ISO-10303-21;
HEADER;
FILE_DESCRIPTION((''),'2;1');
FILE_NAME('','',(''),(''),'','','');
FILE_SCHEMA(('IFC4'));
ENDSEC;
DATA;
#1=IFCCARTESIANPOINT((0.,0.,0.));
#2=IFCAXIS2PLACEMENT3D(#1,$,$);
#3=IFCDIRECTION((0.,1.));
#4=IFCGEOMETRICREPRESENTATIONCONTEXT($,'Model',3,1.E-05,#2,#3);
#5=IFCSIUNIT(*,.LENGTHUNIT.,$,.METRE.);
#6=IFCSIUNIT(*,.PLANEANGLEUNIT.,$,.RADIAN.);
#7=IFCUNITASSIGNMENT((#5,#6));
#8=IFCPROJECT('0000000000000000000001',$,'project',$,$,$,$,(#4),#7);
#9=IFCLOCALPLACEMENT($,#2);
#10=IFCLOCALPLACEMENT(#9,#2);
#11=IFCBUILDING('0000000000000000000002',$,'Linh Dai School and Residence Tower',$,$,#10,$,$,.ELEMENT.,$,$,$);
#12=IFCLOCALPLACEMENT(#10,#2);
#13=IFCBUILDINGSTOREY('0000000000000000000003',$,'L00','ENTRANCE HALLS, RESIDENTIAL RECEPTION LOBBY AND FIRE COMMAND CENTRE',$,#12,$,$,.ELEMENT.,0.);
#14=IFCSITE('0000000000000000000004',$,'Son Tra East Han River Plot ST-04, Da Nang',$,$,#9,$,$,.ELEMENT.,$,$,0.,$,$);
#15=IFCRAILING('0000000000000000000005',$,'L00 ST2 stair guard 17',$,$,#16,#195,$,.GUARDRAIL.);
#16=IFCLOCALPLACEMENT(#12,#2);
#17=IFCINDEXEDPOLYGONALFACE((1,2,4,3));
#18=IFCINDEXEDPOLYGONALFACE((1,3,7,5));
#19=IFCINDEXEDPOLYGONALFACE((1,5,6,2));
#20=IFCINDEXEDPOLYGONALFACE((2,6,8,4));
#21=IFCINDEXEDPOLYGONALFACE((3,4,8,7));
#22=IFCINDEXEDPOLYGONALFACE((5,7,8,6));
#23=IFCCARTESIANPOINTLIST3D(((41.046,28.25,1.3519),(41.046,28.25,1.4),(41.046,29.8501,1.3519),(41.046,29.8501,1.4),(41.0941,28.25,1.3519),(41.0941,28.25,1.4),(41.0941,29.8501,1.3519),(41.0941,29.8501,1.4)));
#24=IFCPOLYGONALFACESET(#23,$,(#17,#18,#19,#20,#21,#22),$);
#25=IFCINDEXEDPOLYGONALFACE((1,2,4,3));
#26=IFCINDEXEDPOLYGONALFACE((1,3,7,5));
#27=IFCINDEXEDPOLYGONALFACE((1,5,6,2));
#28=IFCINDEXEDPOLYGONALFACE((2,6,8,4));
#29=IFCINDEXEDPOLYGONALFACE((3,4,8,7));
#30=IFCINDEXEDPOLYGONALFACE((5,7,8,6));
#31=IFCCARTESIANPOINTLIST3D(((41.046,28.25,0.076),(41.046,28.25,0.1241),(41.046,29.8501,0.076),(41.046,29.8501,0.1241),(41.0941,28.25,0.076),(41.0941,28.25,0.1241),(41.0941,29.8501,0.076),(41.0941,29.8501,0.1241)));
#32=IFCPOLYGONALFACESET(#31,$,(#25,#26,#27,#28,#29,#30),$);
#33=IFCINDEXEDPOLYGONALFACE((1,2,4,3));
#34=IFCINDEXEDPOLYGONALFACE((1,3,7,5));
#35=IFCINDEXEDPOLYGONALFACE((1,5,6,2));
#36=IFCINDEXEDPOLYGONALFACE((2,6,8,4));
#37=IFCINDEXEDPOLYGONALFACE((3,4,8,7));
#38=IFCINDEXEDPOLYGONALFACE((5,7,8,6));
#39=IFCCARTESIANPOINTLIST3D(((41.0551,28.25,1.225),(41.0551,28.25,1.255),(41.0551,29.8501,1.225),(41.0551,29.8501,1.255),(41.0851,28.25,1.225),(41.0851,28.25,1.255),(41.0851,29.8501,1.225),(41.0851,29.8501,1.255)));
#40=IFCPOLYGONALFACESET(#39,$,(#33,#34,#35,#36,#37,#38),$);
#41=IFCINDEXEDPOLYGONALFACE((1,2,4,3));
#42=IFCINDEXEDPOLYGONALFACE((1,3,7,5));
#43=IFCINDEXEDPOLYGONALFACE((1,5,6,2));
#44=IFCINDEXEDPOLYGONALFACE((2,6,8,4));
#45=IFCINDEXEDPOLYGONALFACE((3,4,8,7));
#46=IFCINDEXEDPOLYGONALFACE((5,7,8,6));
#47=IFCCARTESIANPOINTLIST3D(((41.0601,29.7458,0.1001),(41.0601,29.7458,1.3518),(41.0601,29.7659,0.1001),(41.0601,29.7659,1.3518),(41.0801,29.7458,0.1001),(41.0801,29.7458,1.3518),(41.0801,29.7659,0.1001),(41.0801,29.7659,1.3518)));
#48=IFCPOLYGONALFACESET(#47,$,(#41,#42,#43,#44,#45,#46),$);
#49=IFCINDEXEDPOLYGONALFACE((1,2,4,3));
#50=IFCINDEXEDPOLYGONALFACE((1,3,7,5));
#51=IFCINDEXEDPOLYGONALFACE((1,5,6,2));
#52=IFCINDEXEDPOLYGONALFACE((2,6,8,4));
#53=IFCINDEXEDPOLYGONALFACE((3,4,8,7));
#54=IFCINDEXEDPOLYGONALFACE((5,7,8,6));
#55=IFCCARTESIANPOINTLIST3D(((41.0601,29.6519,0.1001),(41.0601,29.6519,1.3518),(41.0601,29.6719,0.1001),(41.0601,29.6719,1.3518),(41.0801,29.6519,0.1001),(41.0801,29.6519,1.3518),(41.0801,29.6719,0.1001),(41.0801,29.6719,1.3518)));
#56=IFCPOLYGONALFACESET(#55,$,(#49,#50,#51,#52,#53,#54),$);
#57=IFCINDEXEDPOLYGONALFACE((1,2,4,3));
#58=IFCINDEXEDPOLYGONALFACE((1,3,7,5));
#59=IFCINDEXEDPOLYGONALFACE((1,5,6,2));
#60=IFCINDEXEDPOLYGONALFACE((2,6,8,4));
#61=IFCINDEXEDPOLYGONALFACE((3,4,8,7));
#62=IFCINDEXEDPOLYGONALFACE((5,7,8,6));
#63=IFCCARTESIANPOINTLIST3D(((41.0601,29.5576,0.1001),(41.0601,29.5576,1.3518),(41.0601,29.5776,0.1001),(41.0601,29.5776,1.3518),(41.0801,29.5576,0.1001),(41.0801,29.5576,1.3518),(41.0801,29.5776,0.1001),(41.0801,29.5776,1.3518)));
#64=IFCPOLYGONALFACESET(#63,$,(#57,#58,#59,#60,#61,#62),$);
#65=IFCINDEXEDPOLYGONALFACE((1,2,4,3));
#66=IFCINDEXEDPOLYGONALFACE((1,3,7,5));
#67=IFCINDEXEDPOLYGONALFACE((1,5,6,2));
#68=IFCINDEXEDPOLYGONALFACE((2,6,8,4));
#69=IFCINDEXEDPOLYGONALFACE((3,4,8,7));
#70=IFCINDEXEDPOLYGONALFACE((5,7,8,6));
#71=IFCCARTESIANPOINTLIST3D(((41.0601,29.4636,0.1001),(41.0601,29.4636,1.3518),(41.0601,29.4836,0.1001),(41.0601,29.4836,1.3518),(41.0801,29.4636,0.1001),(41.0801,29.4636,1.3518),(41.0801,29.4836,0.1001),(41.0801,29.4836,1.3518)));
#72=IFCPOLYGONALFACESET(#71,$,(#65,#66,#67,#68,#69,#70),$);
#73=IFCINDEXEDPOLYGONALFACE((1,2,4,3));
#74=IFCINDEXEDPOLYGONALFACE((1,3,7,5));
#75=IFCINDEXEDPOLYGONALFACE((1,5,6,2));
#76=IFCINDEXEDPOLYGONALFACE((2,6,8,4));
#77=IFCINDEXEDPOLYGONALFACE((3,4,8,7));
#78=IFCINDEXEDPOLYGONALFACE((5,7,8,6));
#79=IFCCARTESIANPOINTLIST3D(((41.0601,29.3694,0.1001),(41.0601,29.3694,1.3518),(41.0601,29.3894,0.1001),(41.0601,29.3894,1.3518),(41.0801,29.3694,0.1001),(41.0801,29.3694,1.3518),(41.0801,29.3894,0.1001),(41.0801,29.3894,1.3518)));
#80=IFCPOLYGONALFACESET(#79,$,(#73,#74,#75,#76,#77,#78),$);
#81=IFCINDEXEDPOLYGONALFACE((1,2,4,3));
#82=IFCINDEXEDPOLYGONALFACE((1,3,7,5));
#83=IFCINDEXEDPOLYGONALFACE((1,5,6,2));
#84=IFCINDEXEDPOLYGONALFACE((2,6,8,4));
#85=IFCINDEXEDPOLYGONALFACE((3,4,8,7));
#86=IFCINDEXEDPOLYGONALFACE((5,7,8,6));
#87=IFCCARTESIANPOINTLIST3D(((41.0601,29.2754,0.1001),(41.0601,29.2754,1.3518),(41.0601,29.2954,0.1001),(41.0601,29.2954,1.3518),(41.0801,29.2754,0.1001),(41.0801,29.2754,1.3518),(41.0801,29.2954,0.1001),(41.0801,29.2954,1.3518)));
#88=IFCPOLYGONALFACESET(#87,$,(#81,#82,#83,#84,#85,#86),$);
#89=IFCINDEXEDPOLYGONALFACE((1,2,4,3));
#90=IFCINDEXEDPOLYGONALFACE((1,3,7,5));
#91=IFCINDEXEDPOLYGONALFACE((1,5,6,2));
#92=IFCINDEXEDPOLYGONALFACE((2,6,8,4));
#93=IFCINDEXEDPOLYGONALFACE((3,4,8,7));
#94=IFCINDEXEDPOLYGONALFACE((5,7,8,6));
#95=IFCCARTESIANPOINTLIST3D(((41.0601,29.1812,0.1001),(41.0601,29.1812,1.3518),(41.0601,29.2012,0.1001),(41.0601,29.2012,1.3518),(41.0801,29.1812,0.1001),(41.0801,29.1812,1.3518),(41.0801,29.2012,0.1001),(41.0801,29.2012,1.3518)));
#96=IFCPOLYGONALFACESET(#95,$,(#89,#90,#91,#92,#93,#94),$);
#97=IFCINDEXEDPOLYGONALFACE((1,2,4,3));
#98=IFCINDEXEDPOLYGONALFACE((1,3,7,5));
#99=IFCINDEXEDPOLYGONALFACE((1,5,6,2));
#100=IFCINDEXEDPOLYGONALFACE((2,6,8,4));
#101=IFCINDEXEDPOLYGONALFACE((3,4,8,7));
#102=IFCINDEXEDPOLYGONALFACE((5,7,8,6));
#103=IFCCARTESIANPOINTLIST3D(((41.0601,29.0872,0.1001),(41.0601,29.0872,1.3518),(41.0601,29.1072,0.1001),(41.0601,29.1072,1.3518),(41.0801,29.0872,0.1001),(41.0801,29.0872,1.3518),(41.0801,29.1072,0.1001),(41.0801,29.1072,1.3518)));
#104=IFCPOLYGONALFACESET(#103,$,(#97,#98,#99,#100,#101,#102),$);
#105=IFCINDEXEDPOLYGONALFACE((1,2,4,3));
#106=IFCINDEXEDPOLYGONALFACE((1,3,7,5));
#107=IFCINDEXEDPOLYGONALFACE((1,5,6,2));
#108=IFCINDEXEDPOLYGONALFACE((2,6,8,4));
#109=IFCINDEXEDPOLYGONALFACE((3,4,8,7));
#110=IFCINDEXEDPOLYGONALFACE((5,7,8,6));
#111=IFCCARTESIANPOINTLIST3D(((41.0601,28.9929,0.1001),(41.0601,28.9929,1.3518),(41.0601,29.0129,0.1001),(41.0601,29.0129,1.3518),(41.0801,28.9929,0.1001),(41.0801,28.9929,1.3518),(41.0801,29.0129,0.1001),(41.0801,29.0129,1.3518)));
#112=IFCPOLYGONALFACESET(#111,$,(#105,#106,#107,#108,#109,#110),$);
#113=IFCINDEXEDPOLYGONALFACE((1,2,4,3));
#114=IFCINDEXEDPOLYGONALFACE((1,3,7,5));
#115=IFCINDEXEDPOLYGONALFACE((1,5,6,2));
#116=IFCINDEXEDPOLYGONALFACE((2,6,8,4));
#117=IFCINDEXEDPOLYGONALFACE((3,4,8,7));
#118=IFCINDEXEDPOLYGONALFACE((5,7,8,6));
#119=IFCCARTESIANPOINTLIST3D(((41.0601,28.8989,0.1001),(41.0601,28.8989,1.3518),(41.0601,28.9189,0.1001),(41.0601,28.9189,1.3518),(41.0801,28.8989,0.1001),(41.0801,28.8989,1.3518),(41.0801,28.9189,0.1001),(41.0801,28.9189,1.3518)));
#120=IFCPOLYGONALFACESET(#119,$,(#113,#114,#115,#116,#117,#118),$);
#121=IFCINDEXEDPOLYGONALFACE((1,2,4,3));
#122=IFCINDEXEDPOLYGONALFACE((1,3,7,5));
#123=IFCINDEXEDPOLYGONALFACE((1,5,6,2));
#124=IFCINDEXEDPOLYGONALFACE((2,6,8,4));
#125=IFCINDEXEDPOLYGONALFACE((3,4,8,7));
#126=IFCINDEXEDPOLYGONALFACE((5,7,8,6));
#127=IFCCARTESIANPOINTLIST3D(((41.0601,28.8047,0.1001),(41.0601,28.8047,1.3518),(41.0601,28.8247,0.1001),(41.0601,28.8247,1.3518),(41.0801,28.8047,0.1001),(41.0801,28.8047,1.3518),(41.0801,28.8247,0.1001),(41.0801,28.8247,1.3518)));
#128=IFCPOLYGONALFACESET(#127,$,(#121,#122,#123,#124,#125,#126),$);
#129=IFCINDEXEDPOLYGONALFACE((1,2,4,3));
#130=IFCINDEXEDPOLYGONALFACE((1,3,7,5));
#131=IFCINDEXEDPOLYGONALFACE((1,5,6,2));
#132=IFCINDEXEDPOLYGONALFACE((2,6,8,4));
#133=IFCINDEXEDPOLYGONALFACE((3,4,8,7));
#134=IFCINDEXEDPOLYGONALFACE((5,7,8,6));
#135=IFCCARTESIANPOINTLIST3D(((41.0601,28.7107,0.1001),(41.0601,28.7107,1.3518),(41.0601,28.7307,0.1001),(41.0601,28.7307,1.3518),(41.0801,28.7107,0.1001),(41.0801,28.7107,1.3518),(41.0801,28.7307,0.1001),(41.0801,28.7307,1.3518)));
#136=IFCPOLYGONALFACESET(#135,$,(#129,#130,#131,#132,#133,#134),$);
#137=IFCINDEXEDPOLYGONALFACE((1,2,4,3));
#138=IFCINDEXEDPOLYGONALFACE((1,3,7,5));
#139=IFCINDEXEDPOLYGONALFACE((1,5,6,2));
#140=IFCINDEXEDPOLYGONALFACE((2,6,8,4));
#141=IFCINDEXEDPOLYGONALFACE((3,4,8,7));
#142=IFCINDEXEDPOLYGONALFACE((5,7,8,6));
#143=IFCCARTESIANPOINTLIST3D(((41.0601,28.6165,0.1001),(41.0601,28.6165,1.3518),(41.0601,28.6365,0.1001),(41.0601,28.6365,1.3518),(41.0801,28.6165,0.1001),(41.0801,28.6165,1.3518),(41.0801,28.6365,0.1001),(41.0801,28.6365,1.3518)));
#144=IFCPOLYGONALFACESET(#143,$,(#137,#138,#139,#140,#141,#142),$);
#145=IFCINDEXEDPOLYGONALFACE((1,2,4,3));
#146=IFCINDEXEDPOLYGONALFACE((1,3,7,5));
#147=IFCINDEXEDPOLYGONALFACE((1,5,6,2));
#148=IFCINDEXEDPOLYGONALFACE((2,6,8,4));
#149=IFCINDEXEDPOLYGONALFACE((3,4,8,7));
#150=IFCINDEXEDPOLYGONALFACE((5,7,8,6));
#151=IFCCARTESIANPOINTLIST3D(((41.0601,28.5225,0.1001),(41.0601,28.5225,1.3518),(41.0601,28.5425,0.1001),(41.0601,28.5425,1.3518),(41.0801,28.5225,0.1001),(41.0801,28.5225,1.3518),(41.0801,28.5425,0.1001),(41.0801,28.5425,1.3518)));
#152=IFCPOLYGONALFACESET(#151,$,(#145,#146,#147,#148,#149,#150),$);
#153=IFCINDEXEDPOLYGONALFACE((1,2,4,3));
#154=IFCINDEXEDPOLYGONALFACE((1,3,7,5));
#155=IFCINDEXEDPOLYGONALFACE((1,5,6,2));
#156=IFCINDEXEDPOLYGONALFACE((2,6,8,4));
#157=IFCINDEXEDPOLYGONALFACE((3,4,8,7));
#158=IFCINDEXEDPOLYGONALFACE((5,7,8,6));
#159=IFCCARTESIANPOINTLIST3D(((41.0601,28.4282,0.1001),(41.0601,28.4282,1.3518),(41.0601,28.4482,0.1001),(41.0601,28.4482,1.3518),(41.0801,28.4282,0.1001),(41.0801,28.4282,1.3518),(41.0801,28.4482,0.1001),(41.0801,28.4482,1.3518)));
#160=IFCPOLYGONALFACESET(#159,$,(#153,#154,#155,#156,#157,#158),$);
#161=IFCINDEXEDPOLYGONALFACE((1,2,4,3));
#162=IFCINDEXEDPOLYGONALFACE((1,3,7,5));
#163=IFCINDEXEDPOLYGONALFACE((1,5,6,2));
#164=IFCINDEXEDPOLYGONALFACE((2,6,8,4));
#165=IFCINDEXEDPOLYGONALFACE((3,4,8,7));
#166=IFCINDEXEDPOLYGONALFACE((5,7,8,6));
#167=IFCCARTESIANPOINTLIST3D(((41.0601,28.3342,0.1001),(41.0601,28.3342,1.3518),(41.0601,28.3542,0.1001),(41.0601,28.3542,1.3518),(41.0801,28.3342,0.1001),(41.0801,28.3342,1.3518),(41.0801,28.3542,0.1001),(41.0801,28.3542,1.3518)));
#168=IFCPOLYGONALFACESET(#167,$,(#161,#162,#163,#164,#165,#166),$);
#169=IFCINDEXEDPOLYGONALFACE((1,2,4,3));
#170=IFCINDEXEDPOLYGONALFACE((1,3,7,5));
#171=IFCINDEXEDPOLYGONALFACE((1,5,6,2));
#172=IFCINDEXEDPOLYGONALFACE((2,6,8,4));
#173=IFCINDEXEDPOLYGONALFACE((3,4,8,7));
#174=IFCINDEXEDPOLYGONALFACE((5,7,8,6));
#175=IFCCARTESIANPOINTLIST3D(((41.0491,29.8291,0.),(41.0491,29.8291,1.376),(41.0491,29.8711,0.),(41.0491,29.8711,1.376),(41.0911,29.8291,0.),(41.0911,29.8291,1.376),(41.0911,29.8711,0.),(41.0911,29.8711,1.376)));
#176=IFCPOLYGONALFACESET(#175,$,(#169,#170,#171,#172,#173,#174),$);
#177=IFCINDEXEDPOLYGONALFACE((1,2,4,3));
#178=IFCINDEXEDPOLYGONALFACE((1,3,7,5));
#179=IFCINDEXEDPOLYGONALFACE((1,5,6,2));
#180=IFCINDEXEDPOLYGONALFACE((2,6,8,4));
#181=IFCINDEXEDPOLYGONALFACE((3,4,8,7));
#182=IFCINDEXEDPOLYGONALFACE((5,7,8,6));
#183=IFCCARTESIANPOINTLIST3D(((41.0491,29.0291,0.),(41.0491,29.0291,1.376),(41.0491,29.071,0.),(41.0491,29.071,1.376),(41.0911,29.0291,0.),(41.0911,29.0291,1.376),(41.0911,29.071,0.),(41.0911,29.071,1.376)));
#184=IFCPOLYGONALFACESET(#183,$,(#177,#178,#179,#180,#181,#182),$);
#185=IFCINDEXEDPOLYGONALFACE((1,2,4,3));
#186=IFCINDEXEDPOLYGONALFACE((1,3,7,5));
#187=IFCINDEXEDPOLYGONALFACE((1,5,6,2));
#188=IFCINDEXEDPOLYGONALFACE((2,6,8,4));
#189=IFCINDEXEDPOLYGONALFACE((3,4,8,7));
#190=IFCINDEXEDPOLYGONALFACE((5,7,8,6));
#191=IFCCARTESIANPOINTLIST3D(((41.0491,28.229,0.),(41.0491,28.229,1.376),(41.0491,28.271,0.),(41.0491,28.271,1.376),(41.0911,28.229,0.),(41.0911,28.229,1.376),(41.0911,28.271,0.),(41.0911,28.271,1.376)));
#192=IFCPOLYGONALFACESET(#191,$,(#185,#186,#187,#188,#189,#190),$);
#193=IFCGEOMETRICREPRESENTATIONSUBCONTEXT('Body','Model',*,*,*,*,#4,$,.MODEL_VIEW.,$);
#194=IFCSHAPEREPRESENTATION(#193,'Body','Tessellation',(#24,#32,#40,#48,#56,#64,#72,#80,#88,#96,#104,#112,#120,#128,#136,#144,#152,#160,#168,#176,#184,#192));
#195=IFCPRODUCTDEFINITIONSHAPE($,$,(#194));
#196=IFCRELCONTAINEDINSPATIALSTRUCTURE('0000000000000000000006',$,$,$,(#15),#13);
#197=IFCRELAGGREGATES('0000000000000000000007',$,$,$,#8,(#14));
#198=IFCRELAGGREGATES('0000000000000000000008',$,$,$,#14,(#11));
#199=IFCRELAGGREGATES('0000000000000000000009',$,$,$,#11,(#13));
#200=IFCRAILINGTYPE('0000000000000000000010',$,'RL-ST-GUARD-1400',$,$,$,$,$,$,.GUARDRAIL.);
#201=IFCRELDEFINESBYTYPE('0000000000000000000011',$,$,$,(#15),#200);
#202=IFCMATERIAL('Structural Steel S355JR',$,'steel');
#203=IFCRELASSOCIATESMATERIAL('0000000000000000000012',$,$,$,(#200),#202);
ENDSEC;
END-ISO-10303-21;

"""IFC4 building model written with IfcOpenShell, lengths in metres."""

from ifc_helpers import new_model, si_unit, direction, frame, origin, origin_2d, place, context, subcontext, project, spatial, rectangle, extrude, source, transform, mapped, material, type_object, element, save


model = new_model("IFC4")

# Units and contexts
model_context = context("Model", 3, precision=1e-05, world=origin(), true_north=direction((0.0, 1.0)))
body_context = subcontext(model_context, "Body", "Model", "MODEL_VIEW")
ifc_project = project(units=[si_unit("LENGTHUNIT", "METRE"), si_unit("PLANEANGLEUNIT", "RADIAN")], contexts=[model_context])

# Site, building, storey
site_placement = place(None, origin())
site = spatial("IfcSite", under=ifc_project, at=site_placement, Name="Son Tra East Han River Plot ST-04, Da Nang", CompositionType="ELEMENT", RefElevation=0.0)
building_placement = place(site_placement, origin())
building = spatial("IfcBuilding", under=site, at=building_placement, Name="Linh Dai School and Residence Tower", CompositionType="ELEMENT")
storey_placement = place(building_placement, origin())
storey = spatial("IfcBuildingStorey", under=building, at=storey_placement, Name="L00", Description="ENTRANCE HALLS, RESIDENTIAL RECEPTION LOBBY AND FIRE COMMAND CENTRE", CompositionType="ELEMENT", Elevation=0.0)

# Shared definitions
ifc_material_1 = material(Name="Structural Steel S355JR", Category="steel")

# Railing
railing_type = type_object("IfcRailingType", Name="RL-ST-GUARD-1400", PredefinedType="GUARDRAIL", material=ifc_material_1)
shared_shape_1 = source(origin(), body_context, "Body", "SweptSolid", [
    extrude(rectangle(XDim=0.0481, YDim=0.0481, at=origin_2d()), frame((0.0, 0.0, 1.376), z_axis=(0.0, -1.0, 0.0), x_axis=(1.0, 0.0, 0.0)), (0.0, 0.0, 1.0), 1.6001),
    extrude(rectangle(XDim=0.0481, YDim=0.0481, at=origin_2d()), frame((0.0, 0.0, 0.1001), z_axis=(0.0, -1.0, 0.0), x_axis=(1.0, 0.0, 0.0)), (0.0, 0.0, 1.0), 1.6001),
    extrude(rectangle(XDim=0.03, YDim=0.03, at=origin_2d()), frame((0.0, 0.0, 1.24), z_axis=(0.0, -1.0, 0.0), x_axis=(1.0, 0.0, 0.0)), (0.0, 0.0, 1.0), 1.6001),
    extrude(rectangle(XDim=0.02, YDim=0.02, at=origin_2d()), frame((0.0, -0.0942, 0.1001)), (0.0, 0.0, 1.0), 1.2517),
    extrude(rectangle(XDim=0.02, YDim=0.02, at=origin_2d()), frame((0.0, -0.1882, 0.1001)), (0.0, 0.0, 1.0), 1.2517),
    extrude(rectangle(XDim=0.02, YDim=0.02, at=origin_2d()), frame((0.0, -0.2825, 0.1001)), (0.0, 0.0, 1.0), 1.2517),
    extrude(rectangle(XDim=0.02, YDim=0.02, at=origin_2d()), frame((0.0, -0.3765, 0.1001)), (0.0, 0.0, 1.0), 1.2517),
    extrude(rectangle(XDim=0.02, YDim=0.02, at=origin_2d()), frame((0.0, -0.4707, 0.1001)), (0.0, 0.0, 1.0), 1.2517),
    extrude(rectangle(XDim=0.02, YDim=0.02, at=origin_2d()), frame((0.0, -0.5647, 0.1001)), (0.0, 0.0, 1.0), 1.2517),
    extrude(rectangle(XDim=0.02, YDim=0.02, at=origin_2d()), frame((0.0, -0.6589, 0.1001)), (0.0, 0.0, 1.0), 1.2517),
    extrude(rectangle(XDim=0.02, YDim=0.02, at=origin_2d()), frame((0.0, -0.7529, 0.1001)), (0.0, 0.0, 1.0), 1.2517),
    extrude(rectangle(XDim=0.02, YDim=0.02, at=origin_2d()), frame((0.0, -0.8472, 0.1001)), (0.0, 0.0, 1.0), 1.2517),
    extrude(rectangle(XDim=0.02, YDim=0.02, at=origin_2d()), frame((0.0, -0.9412, 0.1001)), (0.0, 0.0, 1.0), 1.2517),
    extrude(rectangle(XDim=0.02, YDim=0.02, at=origin_2d()), frame((0.0, -1.0354, 0.1001)), (0.0, 0.0, 1.0), 1.2517),
    extrude(rectangle(XDim=0.02, YDim=0.02, at=origin_2d()), frame((0.0, -1.1294, 0.1001)), (0.0, 0.0, 1.0), 1.2517),
    extrude(rectangle(XDim=0.02, YDim=0.02, at=origin_2d()), frame((0.0, -1.2236, 0.1001)), (0.0, 0.0, 1.0), 1.2517),
    extrude(rectangle(XDim=0.02, YDim=0.02, at=origin_2d()), frame((0.0, -1.3176, 0.1001)), (0.0, 0.0, 1.0), 1.2517),
    extrude(rectangle(XDim=0.02, YDim=0.02, at=origin_2d()), frame((0.0, -1.4119, 0.1001)), (0.0, 0.0, 1.0), 1.2517),
    extrude(rectangle(XDim=0.02, YDim=0.02, at=origin_2d()), frame((0.0, -1.5059, 0.1001)), (0.0, 0.0, 1.0), 1.2517),
    extrude(rectangle(XDim=0.042, YDim=0.042, at=origin_2d()), origin(), (0.0, 0.0, 1.0), 1.376),
    extrude(rectangle(XDim=0.042, YDim=0.042, at=origin_2d()), frame((0.0, -0.8, 0.0)), (0.0, 0.0, 1.0), 1.376),
    extrude(rectangle(XDim=0.042, YDim=0.042, at=origin_2d()), frame((0.0, -1.6001, 0.0)), (0.0, 0.0, 1.0), 1.376),
])
for number, where, name in (
    (1, (41.0701, 29.8501, 0.0), "L00 ST2 stair guard 17"),
):
    element("IfcRailing", number, at=place(storey_placement, frame(where)), inside=storey, type_object=railing_type, Name=name, PredefinedType="GUARDRAIL", context=body_context, shape_type="MappedRepresentation", body=[
        mapped(shared_shape_1, transform((0.0, 0.0, 0.0), x_axis=(1.0, 0.0, 0.0), y_axis=(0.0, 1.0, 0.0), z_axis=(0.0, 0.0, 1.0), scale=1.0)),
    ])

save(model, "model.ifc")
